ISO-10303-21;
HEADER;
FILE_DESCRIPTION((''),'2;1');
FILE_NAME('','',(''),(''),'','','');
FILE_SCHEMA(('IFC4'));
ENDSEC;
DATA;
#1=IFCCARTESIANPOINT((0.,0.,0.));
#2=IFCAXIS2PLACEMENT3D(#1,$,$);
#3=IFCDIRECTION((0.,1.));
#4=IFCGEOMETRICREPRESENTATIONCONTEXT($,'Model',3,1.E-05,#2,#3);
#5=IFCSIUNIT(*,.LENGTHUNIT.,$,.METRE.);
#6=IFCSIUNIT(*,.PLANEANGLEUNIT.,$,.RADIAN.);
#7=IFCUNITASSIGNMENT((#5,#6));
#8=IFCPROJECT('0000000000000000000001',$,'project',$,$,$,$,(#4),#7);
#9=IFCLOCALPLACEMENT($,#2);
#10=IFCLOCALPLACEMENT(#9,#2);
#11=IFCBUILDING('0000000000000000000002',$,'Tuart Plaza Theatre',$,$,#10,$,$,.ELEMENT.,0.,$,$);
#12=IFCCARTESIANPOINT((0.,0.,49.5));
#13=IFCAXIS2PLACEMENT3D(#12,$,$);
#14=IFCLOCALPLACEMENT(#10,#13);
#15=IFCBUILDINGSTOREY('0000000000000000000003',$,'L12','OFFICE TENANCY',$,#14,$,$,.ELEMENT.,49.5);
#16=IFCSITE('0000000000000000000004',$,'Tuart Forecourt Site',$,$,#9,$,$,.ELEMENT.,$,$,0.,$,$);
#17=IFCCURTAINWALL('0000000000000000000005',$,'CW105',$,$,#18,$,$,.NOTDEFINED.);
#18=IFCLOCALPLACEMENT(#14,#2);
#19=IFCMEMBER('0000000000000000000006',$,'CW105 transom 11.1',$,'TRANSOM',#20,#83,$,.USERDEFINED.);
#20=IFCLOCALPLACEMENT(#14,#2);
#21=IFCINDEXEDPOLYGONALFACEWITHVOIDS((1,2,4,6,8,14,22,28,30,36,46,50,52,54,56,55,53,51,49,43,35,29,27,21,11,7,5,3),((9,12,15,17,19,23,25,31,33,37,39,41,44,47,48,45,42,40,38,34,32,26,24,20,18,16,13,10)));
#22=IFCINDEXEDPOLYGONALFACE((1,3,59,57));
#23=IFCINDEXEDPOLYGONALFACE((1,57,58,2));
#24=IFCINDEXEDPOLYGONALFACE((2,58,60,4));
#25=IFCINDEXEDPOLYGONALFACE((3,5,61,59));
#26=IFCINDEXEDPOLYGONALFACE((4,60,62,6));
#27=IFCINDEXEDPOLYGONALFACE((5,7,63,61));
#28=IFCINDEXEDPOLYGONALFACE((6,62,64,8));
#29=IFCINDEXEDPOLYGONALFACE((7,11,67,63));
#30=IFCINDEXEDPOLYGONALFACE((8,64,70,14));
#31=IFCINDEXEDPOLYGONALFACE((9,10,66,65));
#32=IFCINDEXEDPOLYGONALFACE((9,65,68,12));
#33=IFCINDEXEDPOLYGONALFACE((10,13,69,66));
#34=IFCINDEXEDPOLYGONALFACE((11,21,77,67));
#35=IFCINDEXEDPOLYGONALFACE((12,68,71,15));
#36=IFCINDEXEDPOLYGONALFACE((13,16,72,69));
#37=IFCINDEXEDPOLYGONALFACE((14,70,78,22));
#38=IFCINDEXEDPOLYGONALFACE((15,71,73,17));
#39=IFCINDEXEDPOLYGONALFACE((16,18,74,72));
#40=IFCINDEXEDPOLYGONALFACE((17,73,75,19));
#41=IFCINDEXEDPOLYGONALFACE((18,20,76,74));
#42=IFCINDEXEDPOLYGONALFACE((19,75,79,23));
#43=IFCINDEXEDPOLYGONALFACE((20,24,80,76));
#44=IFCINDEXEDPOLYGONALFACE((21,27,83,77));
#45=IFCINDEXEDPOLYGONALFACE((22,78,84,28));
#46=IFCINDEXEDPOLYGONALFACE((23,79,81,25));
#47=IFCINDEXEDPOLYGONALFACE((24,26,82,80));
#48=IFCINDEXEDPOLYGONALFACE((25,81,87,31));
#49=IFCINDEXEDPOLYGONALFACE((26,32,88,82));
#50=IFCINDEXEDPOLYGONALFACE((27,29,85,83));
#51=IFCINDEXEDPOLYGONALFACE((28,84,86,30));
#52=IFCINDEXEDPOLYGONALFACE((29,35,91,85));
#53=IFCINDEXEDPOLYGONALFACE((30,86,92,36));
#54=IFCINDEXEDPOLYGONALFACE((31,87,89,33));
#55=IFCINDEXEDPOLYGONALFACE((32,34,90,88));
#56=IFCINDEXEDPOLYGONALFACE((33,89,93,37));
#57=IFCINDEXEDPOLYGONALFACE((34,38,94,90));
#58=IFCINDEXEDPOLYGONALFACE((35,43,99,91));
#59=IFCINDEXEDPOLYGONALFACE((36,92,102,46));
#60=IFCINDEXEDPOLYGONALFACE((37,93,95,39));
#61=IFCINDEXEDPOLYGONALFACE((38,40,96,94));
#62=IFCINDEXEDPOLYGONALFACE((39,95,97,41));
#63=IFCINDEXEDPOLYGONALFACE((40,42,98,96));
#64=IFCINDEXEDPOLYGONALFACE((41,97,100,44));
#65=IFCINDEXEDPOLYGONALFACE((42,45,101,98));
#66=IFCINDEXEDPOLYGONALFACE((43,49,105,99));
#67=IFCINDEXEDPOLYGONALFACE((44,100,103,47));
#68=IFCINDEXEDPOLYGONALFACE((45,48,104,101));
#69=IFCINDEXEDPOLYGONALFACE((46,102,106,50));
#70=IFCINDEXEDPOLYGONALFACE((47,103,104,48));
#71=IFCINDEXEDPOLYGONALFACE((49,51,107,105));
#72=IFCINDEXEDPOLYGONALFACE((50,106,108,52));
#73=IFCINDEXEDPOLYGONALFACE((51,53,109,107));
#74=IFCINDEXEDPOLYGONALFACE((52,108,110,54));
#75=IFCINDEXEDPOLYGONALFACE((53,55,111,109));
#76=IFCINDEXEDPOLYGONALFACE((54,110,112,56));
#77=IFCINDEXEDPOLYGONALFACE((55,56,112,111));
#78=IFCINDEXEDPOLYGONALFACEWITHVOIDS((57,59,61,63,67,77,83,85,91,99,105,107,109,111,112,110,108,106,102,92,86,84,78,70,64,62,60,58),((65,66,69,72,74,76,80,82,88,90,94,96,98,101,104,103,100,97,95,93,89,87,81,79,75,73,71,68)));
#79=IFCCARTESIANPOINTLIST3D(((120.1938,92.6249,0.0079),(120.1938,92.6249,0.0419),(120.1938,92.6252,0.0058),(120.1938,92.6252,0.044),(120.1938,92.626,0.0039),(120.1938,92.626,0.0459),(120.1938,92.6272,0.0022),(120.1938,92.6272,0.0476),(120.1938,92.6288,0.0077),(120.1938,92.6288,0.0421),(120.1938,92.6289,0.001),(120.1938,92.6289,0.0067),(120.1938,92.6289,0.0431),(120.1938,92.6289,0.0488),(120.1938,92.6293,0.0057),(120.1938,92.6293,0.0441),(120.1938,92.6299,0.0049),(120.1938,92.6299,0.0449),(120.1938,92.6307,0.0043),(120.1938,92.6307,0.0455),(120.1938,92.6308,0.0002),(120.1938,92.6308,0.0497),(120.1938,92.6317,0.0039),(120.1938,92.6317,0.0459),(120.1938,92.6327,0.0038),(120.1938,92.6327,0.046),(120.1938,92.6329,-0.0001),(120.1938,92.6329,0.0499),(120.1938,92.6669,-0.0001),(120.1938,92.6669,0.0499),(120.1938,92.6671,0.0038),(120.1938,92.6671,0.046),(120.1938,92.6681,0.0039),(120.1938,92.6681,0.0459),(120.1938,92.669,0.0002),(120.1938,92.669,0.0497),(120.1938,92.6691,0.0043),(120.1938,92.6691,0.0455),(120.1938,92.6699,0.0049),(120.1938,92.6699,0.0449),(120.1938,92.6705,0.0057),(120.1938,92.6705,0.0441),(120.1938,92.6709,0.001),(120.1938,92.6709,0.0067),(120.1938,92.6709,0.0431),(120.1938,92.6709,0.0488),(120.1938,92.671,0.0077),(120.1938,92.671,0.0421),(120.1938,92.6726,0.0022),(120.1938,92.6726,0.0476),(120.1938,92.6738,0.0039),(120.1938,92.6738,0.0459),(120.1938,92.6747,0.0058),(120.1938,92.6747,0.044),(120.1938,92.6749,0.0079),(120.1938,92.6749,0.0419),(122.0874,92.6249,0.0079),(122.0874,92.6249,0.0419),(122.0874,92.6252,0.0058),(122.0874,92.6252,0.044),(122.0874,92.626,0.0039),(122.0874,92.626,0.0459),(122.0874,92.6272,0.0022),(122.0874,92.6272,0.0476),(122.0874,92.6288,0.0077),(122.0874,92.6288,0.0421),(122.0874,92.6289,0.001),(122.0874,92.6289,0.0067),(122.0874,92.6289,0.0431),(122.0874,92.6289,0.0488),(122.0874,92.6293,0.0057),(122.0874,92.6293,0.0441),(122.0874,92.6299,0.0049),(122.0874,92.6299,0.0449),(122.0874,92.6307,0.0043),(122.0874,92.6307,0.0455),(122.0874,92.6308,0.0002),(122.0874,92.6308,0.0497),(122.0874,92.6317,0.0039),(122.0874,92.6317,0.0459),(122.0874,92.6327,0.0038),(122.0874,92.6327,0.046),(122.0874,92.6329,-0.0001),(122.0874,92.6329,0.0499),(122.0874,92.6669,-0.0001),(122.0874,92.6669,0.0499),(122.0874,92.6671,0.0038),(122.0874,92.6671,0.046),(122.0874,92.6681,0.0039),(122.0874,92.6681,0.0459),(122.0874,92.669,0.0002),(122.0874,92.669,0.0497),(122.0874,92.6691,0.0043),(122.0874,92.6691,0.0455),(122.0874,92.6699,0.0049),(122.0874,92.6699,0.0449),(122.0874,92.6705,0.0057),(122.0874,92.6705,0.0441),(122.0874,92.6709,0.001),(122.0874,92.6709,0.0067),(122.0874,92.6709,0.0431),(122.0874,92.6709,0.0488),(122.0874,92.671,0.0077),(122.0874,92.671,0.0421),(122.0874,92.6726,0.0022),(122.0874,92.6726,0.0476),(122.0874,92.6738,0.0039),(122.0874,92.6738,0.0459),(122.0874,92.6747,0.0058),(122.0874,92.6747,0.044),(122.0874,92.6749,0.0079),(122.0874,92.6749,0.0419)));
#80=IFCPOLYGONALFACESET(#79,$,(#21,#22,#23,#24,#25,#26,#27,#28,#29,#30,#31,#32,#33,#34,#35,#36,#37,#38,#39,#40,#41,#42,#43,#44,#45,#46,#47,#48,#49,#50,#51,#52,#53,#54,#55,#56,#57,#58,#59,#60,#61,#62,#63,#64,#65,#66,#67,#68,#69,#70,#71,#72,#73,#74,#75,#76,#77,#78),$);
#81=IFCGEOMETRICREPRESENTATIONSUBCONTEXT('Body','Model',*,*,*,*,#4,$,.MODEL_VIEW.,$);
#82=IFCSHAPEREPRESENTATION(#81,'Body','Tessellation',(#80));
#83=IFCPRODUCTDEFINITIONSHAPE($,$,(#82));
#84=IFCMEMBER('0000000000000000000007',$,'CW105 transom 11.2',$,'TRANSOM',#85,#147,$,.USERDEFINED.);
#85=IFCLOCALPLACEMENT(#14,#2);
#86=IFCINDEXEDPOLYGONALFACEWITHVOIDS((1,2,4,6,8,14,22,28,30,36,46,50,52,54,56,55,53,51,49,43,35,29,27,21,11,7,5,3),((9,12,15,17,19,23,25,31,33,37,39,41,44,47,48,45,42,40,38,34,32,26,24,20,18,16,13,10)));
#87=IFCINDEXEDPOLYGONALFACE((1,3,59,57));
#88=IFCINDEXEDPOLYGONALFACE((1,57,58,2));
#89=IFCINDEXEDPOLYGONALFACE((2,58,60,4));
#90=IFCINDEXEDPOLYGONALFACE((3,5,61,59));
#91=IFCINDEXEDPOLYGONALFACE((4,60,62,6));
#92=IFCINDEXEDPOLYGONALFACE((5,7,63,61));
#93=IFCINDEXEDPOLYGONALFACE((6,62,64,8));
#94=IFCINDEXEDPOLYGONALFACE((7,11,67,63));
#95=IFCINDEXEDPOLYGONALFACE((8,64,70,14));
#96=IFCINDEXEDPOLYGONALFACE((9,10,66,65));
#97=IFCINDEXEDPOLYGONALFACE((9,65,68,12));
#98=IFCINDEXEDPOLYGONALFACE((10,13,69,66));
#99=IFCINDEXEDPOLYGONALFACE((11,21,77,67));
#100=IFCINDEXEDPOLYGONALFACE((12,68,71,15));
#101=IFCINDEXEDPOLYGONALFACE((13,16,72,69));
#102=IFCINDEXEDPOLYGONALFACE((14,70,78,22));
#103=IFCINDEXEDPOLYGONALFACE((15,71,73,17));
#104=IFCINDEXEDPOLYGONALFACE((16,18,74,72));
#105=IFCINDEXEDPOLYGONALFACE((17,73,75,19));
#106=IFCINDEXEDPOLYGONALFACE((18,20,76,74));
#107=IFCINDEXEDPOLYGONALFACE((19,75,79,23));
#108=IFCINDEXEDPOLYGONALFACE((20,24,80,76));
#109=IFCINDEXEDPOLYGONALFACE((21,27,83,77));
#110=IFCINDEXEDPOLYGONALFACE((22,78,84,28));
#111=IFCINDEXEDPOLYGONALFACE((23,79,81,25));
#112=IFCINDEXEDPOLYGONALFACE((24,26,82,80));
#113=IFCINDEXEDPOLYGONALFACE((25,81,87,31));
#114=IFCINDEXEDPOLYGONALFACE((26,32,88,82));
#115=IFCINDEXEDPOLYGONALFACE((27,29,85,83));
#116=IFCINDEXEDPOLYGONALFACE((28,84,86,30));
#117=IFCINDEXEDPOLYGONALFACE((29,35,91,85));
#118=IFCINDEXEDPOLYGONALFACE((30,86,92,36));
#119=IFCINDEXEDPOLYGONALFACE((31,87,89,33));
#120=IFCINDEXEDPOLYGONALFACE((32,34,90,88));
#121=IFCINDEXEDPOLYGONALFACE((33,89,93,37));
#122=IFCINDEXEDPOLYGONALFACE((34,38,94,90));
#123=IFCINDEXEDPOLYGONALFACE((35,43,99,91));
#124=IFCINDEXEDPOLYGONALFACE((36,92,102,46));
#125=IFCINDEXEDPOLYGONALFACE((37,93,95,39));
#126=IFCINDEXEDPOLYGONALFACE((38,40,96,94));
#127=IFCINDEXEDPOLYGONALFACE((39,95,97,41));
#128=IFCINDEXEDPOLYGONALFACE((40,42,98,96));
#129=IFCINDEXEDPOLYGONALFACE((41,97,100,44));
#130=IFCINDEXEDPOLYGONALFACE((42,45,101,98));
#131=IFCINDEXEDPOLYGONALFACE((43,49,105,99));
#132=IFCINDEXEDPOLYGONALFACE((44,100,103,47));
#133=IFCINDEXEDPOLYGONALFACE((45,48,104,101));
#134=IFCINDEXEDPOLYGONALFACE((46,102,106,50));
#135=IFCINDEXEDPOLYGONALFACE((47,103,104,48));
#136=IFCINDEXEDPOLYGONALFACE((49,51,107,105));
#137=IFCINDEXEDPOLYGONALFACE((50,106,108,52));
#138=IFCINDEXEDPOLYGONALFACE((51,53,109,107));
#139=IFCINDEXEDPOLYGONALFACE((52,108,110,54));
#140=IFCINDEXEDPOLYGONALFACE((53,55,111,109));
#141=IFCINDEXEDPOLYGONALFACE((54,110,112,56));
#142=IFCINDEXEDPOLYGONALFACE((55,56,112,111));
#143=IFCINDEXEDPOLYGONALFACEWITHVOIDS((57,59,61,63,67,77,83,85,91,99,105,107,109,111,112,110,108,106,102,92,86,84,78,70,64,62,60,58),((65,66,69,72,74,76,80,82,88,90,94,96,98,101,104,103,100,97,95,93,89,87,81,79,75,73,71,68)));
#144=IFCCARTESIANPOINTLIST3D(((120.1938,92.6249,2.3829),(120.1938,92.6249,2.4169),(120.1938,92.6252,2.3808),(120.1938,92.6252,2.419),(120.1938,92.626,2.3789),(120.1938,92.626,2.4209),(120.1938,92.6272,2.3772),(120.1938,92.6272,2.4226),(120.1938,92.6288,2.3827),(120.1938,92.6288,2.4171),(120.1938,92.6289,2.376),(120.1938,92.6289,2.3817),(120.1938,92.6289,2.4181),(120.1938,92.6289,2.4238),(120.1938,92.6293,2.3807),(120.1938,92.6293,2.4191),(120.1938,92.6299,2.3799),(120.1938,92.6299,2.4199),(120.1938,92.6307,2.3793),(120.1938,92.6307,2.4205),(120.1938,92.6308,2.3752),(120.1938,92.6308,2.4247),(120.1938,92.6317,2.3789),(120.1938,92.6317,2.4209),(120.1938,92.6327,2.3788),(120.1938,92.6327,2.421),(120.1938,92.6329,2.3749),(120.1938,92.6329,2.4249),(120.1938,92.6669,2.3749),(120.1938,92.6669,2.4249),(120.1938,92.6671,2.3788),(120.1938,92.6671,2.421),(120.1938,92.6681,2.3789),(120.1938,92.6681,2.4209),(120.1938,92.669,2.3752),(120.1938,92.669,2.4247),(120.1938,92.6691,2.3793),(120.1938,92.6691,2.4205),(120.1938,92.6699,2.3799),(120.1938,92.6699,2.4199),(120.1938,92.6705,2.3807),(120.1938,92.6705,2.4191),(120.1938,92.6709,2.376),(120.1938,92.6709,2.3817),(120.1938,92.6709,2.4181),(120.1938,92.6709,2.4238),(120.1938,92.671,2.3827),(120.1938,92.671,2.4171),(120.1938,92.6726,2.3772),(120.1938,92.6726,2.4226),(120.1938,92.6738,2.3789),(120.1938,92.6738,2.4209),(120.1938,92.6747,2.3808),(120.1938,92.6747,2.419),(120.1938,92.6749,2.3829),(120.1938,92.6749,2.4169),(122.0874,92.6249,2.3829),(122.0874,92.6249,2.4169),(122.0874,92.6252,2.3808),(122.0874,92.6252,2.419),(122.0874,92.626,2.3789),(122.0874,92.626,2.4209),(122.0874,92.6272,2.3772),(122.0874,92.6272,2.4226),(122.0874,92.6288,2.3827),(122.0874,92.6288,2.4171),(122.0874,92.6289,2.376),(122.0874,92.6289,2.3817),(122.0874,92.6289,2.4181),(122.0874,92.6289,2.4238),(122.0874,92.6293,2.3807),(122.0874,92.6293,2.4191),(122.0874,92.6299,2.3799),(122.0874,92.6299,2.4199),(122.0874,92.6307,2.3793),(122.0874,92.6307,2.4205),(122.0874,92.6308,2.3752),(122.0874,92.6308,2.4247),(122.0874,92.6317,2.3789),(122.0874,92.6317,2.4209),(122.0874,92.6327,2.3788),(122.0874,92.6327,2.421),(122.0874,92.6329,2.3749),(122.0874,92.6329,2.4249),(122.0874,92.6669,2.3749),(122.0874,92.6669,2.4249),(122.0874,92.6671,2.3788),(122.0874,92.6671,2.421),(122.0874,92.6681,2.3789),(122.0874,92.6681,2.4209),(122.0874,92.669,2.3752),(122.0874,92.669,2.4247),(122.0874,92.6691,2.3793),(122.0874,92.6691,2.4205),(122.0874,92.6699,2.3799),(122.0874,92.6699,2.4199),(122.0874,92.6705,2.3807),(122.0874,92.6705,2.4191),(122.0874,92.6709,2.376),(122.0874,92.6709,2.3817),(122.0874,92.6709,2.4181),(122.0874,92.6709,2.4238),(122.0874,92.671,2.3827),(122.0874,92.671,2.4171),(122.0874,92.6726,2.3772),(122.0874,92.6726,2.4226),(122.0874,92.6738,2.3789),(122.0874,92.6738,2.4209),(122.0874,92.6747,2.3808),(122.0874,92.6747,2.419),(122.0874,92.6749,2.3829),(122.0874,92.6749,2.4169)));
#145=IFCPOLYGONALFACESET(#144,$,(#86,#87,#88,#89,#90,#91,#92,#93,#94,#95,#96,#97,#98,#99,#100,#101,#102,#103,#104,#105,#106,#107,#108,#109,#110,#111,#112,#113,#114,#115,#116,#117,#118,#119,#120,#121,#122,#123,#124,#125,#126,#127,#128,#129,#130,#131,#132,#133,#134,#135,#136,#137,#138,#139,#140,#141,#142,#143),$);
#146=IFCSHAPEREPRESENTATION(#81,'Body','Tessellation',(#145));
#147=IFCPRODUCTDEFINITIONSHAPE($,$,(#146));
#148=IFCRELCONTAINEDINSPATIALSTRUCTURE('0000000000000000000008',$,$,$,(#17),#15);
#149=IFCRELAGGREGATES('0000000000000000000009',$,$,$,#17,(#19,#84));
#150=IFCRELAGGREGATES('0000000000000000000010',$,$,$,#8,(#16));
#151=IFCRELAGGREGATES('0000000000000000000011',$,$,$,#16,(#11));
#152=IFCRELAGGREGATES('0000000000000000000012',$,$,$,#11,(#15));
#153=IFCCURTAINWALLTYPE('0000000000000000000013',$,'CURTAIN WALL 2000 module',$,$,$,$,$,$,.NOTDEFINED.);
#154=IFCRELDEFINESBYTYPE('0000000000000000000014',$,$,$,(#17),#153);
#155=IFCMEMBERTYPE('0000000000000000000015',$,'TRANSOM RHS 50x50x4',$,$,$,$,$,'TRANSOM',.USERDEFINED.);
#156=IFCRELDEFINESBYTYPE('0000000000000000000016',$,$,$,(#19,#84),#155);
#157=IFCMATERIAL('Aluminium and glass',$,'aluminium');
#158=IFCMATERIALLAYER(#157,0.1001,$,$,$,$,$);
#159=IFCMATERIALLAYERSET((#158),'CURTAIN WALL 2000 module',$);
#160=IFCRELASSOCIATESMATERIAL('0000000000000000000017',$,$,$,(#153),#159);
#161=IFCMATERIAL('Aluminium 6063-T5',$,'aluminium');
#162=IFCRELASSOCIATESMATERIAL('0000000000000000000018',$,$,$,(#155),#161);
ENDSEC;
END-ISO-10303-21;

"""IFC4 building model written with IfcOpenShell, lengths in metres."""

from ifc_helpers import new_model, si_unit, direction, frame, origin, origin_2d, place, context, subcontext, project, spatial, hollow_rectangle, extrude, material, layer, layer_set, material_profile, profile_set, type_object, element, aggregate, save


model = new_model("IFC4")

# Units and contexts
model_context = context("Model", 3, precision=1e-05, world=origin(), true_north=direction((0.0, 1.0)))
body_context = subcontext(model_context, "Body", "Model", "MODEL_VIEW")
ifc_project = project(units=[si_unit("LENGTHUNIT", "METRE"), si_unit("PLANEANGLEUNIT", "RADIAN")], contexts=[model_context])

# Site, building, storey
site_placement = place(None, origin())
site = spatial("IfcSite", under=ifc_project, at=site_placement, Name="Tuart Forecourt Site", CompositionType="ELEMENT", RefElevation=0.0)
building_placement = place(site_placement, origin())
building = spatial("IfcBuilding", under=site, at=building_placement, Name="Tuart Plaza Theatre", CompositionType="ELEMENT", ElevationOfRefHeight=0.0)
storey_placement = place(building_placement, frame((0.0, 0.0, 49.5)))
storey = spatial("IfcBuildingStorey", under=building, at=storey_placement, Name="L12", Description="OFFICE TENANCY", CompositionType="ELEMENT", Elevation=49.5)

# Curtain wall, members
ifc_material_1 = material(Name="Aluminium and glass", Category="aluminium")
ifc_layer_1 = layer(ifc_material_1, 0.1001)
ifc_layer_set_1 = layer_set([ifc_layer_1], Name="CURTAIN WALL 2000 module")
curtain_wall_type = type_object("IfcCurtainWallType", Name="CURTAIN WALL 2000 module", PredefinedType="NOTDEFINED", material=ifc_layer_set_1)
curtain_wall_placement = place(storey_placement, origin())
curtain_wall = element("IfcCurtainWall", 1, at=curtain_wall_placement, inside=storey, type_object=curtain_wall_type, Name="CW105", PredefinedType="NOTDEFINED")
ifc_material_2 = material(Name="Aluminium 6063-T5", Category="aluminium")
ifc_material_profile_1 = material_profile(ifc_material_2, hollow_rectangle(XDim=0.05, YDim=0.05, WallThickness=0.0039, InnerFilletRadius=0.0039, OuterFilletRadius=0.0081, at=origin_2d()), Name="RHS 50x50x4")
ifc_profile_set_1 = profile_set([ifc_material_profile_1], Name="Aluminium 6063-T5")
member_type_1 = type_object("IfcMemberType", Name="TRANSOM RHS 50x50x4", ElementType="TRANSOM", PredefinedType="USERDEFINED", material=ifc_profile_set_1)
member_1_placement = place(storey_placement, frame((122.0874, 92.6499, 0.0249), z_axis=(-1.0, 0.0, 0.0), x_axis=(0.0, -1.0, 0.0)))
member_1 = element("IfcMember", 2, at=member_1_placement, type_object=member_type_1, Name="CW105 transom 11.1", ObjectType="TRANSOM", PredefinedType="USERDEFINED", context=body_context, shape_type="SweptSolid", body=[
    extrude(hollow_rectangle(XDim=0.05, YDim=0.05, WallThickness=0.0039, InnerFilletRadius=0.0039, OuterFilletRadius=0.0081, at=origin_2d()), origin(), (0.0, 0.0, 1.0), 1.8936),
])
member_2_placement = place(storey_placement, frame((122.0874, 92.6499, 2.3999), z_axis=(-1.0, 0.0, 0.0), x_axis=(0.0, -1.0, 0.0)))
member_2 = element("IfcMember", 3, at=member_2_placement, type_object=member_type_1, Name="CW105 transom 11.2", ObjectType="TRANSOM", PredefinedType="USERDEFINED", context=body_context, shape_type="SweptSolid", body=[
    extrude(hollow_rectangle(XDim=0.05, YDim=0.05, WallThickness=0.0039, InnerFilletRadius=0.0039, OuterFilletRadius=0.0081, at=origin_2d()), origin(), (0.0, 0.0, 1.0), 1.8936),
])
aggregate(curtain_wall, [member_1, member_2])

save(model, "model.ifc")
